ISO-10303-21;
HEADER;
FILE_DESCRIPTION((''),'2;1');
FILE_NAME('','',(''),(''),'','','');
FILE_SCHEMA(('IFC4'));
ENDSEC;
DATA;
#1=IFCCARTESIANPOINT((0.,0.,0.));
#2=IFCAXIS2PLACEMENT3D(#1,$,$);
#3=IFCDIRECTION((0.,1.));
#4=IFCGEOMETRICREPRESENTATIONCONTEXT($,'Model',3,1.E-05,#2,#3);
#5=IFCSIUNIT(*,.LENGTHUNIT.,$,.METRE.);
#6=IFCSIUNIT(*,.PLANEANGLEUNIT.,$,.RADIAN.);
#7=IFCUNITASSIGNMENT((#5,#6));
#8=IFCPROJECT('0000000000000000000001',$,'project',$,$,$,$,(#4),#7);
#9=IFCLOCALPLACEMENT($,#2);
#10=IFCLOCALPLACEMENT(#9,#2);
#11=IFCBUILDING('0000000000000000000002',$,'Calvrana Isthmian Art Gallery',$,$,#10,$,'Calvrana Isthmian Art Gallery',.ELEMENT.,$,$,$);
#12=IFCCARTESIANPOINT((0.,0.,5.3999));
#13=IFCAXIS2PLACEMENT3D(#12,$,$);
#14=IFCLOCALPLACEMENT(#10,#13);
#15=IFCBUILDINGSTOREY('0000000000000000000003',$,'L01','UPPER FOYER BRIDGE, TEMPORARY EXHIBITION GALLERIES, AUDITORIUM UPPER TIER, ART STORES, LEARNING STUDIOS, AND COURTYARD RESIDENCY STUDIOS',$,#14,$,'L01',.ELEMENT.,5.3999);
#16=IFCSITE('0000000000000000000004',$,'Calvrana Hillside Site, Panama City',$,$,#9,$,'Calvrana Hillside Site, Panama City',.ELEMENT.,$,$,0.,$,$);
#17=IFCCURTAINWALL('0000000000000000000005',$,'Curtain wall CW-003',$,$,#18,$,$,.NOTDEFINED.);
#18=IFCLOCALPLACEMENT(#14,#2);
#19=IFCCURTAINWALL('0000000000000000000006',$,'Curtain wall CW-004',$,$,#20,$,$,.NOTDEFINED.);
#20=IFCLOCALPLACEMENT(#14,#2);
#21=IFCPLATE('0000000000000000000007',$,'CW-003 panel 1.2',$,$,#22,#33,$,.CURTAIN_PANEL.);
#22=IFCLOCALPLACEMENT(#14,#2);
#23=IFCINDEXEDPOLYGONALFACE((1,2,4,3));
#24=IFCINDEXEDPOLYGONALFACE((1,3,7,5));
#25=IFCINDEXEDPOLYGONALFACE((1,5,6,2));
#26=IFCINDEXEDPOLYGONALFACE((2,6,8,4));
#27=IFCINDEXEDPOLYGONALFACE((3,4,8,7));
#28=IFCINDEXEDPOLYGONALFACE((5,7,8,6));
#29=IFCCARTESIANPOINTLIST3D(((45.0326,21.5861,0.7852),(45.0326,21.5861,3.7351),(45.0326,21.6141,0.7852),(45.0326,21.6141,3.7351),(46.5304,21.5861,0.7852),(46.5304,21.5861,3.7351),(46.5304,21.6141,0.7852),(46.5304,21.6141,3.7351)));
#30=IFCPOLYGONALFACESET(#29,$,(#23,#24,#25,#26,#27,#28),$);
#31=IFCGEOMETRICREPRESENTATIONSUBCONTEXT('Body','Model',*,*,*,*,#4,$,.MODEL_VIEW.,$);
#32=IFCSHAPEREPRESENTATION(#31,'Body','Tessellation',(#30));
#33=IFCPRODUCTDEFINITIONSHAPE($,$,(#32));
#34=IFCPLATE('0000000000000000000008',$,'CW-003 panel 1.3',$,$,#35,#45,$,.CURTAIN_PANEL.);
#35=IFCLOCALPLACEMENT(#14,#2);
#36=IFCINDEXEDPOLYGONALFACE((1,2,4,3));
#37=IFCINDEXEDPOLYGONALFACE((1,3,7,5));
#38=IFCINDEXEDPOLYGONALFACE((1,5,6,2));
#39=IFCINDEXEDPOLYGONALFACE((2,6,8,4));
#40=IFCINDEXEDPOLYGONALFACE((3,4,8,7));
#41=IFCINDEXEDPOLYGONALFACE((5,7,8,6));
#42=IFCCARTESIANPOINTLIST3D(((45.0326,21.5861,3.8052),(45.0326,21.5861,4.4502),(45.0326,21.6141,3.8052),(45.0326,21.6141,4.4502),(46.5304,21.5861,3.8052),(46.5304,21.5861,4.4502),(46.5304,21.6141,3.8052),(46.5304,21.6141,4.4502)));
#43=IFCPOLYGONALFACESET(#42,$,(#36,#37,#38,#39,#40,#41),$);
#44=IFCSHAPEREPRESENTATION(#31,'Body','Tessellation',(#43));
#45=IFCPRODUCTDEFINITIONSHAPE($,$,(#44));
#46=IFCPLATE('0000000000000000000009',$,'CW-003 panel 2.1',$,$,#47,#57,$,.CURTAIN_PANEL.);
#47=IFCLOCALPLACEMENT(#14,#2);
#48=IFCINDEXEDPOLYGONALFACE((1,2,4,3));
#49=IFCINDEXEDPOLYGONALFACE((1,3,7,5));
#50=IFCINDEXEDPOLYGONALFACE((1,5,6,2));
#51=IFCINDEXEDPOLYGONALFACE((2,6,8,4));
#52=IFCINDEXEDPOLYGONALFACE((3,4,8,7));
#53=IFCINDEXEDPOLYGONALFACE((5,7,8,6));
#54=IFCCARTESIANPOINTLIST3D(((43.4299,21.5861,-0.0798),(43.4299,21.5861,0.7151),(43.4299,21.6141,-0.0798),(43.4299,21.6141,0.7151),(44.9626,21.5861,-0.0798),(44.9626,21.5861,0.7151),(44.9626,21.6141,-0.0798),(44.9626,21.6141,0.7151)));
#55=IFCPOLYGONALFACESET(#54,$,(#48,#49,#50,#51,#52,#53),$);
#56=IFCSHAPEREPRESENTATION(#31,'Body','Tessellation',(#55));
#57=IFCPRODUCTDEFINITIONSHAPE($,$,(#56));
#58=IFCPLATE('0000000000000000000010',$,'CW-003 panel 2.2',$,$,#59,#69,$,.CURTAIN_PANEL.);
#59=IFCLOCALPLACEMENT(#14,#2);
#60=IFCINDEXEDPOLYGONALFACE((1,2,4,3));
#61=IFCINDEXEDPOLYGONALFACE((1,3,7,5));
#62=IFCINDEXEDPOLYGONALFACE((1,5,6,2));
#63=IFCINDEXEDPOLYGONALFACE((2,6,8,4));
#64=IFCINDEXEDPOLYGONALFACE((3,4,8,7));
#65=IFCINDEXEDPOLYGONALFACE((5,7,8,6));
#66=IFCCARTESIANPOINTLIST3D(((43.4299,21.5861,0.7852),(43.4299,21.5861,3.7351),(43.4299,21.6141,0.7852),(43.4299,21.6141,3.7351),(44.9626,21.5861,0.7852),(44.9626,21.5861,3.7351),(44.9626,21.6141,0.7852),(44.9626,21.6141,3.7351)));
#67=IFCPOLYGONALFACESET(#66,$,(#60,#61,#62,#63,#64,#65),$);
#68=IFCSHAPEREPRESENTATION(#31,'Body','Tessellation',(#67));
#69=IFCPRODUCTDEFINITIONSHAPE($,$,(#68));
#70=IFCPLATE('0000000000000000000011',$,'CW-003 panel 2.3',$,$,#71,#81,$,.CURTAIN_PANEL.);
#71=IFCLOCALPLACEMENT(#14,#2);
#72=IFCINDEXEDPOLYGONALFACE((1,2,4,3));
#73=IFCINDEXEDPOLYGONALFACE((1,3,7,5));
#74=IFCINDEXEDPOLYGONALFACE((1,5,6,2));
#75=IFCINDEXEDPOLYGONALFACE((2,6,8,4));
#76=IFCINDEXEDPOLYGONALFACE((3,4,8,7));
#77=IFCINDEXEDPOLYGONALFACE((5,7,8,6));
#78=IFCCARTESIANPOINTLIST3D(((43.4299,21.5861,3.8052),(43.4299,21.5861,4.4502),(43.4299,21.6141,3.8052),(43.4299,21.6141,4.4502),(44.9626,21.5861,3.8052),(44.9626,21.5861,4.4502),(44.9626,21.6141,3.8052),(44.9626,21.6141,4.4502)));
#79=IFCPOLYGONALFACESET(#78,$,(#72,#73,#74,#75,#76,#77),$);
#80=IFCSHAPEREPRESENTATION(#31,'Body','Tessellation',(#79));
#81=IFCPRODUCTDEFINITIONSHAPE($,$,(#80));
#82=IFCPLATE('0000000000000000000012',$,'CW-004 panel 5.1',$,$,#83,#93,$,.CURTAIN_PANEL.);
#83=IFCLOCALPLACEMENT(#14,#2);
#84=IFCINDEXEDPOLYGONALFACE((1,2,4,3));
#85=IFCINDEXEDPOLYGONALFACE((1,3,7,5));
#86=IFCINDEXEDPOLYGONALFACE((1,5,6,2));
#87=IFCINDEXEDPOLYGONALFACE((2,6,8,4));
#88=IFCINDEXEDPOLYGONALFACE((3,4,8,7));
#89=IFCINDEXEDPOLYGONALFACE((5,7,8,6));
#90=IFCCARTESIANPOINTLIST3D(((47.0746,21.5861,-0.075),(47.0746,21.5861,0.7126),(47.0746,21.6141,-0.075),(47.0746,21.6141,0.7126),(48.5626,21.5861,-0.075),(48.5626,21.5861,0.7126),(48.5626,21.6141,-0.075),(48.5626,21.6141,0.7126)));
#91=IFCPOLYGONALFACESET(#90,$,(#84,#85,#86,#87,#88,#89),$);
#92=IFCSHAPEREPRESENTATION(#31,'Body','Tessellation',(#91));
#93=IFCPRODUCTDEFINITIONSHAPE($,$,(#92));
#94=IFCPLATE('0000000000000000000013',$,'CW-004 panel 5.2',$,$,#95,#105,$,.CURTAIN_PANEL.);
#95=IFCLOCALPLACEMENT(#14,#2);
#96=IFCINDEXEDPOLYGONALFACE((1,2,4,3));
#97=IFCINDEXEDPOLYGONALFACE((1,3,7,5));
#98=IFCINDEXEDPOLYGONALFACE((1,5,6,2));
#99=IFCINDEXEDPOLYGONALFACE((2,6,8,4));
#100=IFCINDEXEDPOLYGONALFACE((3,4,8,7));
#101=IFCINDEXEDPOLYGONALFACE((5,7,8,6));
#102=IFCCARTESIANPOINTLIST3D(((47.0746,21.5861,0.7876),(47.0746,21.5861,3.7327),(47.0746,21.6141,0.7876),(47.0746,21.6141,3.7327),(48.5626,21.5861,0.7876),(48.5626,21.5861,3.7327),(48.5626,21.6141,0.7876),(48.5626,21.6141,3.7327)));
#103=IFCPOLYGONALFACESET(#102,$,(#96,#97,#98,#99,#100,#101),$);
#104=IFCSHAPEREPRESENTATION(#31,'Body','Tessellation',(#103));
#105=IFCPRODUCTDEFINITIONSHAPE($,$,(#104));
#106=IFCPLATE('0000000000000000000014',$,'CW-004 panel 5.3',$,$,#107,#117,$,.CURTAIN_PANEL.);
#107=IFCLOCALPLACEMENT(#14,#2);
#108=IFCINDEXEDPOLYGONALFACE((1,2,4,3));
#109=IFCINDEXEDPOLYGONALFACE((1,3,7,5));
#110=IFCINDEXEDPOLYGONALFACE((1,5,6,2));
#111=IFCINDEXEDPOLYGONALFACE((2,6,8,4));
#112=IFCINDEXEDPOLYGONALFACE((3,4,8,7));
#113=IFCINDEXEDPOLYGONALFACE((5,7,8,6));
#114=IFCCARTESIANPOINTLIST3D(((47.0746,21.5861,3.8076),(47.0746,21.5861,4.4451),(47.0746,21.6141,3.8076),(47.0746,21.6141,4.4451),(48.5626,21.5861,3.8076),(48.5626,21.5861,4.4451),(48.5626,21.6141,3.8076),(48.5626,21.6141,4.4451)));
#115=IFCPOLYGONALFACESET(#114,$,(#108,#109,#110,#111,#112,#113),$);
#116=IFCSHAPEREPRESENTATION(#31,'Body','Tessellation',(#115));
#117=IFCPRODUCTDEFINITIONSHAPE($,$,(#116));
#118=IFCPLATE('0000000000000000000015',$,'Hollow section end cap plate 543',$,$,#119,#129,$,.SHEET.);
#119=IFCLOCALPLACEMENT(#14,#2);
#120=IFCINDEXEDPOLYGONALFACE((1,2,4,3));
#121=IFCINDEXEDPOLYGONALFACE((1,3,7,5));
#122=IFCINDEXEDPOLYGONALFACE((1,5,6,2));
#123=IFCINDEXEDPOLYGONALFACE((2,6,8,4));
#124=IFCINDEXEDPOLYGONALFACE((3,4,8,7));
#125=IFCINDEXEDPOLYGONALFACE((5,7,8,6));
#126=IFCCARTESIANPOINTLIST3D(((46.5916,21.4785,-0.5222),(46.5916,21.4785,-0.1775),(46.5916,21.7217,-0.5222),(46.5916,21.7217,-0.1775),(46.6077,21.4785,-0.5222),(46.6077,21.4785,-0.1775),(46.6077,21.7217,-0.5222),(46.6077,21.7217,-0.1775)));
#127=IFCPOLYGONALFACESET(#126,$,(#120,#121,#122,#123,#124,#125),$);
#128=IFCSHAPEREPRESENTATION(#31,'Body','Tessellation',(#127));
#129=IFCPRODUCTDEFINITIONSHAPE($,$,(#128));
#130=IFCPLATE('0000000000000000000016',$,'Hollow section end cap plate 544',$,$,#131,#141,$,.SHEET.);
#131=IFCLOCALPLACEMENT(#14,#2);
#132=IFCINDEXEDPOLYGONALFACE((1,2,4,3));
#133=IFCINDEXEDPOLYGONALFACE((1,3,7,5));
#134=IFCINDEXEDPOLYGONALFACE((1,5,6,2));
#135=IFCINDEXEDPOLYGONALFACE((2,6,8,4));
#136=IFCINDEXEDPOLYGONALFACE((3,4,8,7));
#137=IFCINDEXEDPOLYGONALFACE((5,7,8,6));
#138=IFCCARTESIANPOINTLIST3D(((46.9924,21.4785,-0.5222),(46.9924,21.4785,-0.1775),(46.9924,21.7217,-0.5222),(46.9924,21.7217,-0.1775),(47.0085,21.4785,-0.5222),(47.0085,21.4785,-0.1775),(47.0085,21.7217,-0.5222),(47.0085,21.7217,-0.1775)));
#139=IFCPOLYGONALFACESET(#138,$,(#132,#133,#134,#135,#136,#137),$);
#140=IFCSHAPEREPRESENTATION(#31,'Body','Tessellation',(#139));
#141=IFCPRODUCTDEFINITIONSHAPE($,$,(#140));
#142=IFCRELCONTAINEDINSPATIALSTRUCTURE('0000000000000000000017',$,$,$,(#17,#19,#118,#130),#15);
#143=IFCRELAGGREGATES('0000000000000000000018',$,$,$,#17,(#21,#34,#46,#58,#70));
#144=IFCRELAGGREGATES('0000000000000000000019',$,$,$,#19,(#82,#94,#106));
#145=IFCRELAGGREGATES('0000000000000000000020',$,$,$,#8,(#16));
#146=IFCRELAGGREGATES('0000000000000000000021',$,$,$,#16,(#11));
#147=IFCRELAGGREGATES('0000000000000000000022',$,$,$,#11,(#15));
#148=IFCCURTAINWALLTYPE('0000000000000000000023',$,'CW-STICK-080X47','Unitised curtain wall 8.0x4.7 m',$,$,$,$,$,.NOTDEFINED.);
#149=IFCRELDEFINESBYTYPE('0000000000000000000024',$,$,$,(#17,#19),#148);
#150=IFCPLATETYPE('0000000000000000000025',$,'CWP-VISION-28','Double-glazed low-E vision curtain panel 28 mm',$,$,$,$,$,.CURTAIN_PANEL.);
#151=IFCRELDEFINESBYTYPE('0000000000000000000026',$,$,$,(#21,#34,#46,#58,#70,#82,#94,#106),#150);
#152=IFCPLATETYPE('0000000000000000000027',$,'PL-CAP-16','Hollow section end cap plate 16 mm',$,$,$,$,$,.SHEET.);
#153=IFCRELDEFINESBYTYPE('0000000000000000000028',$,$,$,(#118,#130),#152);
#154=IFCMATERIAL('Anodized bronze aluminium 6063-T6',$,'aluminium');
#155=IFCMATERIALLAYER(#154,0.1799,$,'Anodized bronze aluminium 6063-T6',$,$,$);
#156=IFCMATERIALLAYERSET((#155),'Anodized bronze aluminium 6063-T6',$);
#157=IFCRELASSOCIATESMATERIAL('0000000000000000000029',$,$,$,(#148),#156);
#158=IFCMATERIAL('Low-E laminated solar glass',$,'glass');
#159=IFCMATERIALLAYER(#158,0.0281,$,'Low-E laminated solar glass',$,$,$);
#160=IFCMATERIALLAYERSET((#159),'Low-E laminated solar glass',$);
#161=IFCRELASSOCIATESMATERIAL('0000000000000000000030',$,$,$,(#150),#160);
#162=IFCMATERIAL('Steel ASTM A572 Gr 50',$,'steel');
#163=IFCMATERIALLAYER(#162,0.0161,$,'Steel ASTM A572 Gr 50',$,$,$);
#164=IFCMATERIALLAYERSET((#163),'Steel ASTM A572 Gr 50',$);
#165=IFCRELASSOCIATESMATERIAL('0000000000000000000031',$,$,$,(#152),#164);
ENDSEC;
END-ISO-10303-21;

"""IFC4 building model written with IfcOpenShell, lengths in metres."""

from ifc_helpers import new_model, si_unit, direction, frame, origin, origin_2d, place, context, subcontext, project, spatial, rectangle, extrude, material, layer, layer_set, type_object, element, aggregate, save


model = new_model("IFC4")

# Units and contexts
model_context = context("Model", 3, precision=1e-05, world=origin(), true_north=direction((0.0, 1.0)))
body_context = subcontext(model_context, "Body", "Model", "MODEL_VIEW")
ifc_project = project(units=[si_unit("LENGTHUNIT", "METRE"), si_unit("PLANEANGLEUNIT", "RADIAN")], contexts=[model_context])

# Site, building, storey
site_placement = place(None, origin())
site = spatial("IfcSite", under=ifc_project, at=site_placement, Name="Calvrana Hillside Site, Panama City", LongName="Calvrana Hillside Site, Panama City", CompositionType="ELEMENT", RefElevation=0.0)
building_placement = place(site_placement, origin())
building = spatial("IfcBuilding", under=site, at=building_placement, Name="Calvrana Isthmian Art Gallery", LongName="Calvrana Isthmian Art Gallery", CompositionType="ELEMENT")
storey_placement = place(building_placement, frame((0.0, 0.0, 5.3999)))
storey = spatial("IfcBuildingStorey", under=building, at=storey_placement, Name="L01", Description="UPPER FOYER BRIDGE, TEMPORARY EXHIBITION GALLERIES, AUDITORIUM UPPER TIER, ART STORES, LEARNING STUDIOS, AND COURTYARD RESIDENCY STUDIOS", LongName="L01", CompositionType="ELEMENT", Elevation=5.3999)

# Curtain wall
ifc_material_1 = material(Name="Anodized bronze aluminium 6063-T6", Category="aluminium")
ifc_layer_1 = layer(ifc_material_1, 0.1799, Name="Anodized bronze aluminium 6063-T6")
ifc_layer_set_1 = layer_set([ifc_layer_1], Name="Anodized bronze aluminium 6063-T6")
curtain_wall_type = type_object("IfcCurtainWallType", Name="CW-STICK-080X47", Description="Unitised curtain wall 8.0x4.7 m", PredefinedType="NOTDEFINED", material=ifc_layer_set_1)
curtain_wall_1_placement = place(storey_placement, origin())
curtain_wall_1 = element("IfcCurtainWall", 1, at=curtain_wall_1_placement, inside=storey, type_object=curtain_wall_type, Name="Curtain wall CW-003", PredefinedType="NOTDEFINED")

# Curtain wall
curtain_wall_2_placement = place(storey_placement, origin())
curtain_wall_2 = element("IfcCurtainWall", 2, at=curtain_wall_2_placement, inside=storey, type_object=curtain_wall_type, Name="Curtain wall CW-004", PredefinedType="NOTDEFINED")

# Plates
ifc_material_2 = material(Name="Low-E laminated solar glass", Category="glass")
ifc_layer_2 = layer(ifc_material_2, 0.0281, Name="Low-E laminated solar glass")
ifc_layer_set_2 = layer_set([ifc_layer_2], Name="Low-E laminated solar glass")
plate_type_1 = type_object("IfcPlateType", Name="CWP-VISION-28", Description="Double-glazed low-E vision curtain panel 28 mm", PredefinedType="CURTAIN_PANEL", material=ifc_layer_set_2)
plate_1_placement = place(storey_placement, frame((45.7815, 21.6001, 0.7852), z_axis=(0.0, 0.0, 1.0), x_axis=(-1.0, 0.0, 0.0)))
plate_1 = element("IfcPlate", 3, at=plate_1_placement, type_object=plate_type_1, Name="CW-003 panel 1.2", PredefinedType="CURTAIN_PANEL", context=body_context, shape_type="SweptSolid", body=[
    extrude(rectangle(XDim=1.4978, YDim=0.0281, at=origin_2d()), origin(), (0.0, 0.0, 1.0), 2.95),
])
plate_2_placement = place(storey_placement, frame((45.7815, 21.6001, 3.8052), z_axis=(0.0, 0.0, 1.0), x_axis=(-1.0, 0.0, 0.0)))
plate_2 = element("IfcPlate", 4, at=plate_2_placement, type_object=plate_type_1, Name="CW-003 panel 1.3", PredefinedType="CURTAIN_PANEL", context=body_context, shape_type="SweptSolid", body=[
    extrude(rectangle(XDim=1.4978, YDim=0.0281, at=origin_2d()), origin(), (0.0, 0.0, 1.0), 0.645),
])
plate_3_placement = place(storey_placement, frame((44.1963, 21.6001, -0.0798), z_axis=(0.0, 0.0, 1.0), x_axis=(-1.0, 0.0, 0.0)))
plate_3 = element("IfcPlate", 5, at=plate_3_placement, type_object=plate_type_1, Name="CW-003 panel 2.1", PredefinedType="CURTAIN_PANEL", context=body_context, shape_type="SweptSolid", body=[
    extrude(rectangle(XDim=1.5327, YDim=0.0281, at=origin_2d()), origin(), (0.0, 0.0, 1.0), 0.7949),
])
plate_4_placement = place(storey_placement, frame((44.1963, 21.6001, 0.7852), z_axis=(0.0, 0.0, 1.0), x_axis=(-1.0, 0.0, 0.0)))
plate_4 = element("IfcPlate", 6, at=plate_4_placement, type_object=plate_type_1, Name="CW-003 panel 2.2", PredefinedType="CURTAIN_PANEL", context=body_context, shape_type="SweptSolid", body=[
    extrude(rectangle(XDim=1.5327, YDim=0.0281, at=origin_2d()), origin(), (0.0, 0.0, 1.0), 2.95),
])
plate_5_placement = place(storey_placement, frame((44.1963, 21.6001, 3.8052), z_axis=(0.0, 0.0, 1.0), x_axis=(-1.0, 0.0, 0.0)))
plate_5 = element("IfcPlate", 7, at=plate_5_placement, type_object=plate_type_1, Name="CW-003 panel 2.3", PredefinedType="CURTAIN_PANEL", context=body_context, shape_type="SweptSolid", body=[
    extrude(rectangle(XDim=1.5327, YDim=0.0281, at=origin_2d()), origin(), (0.0, 0.0, 1.0), 0.645),
])
aggregate(curtain_wall_1, [plate_1, plate_2, plate_3, plate_4, plate_5])
plate_6_placement = place(storey_placement, frame((47.8186, 21.6001, -0.075), z_axis=(0.0, 0.0, 1.0), x_axis=(-1.0, 0.0, 0.0)))
plate_6 = element("IfcPlate", 8, at=plate_6_placement, type_object=plate_type_1, Name="CW-004 panel 5.1", PredefinedType="CURTAIN_PANEL", context=body_context, shape_type="SweptSolid", body=[
    extrude(rectangle(XDim=1.488, YDim=0.0281, at=origin_2d()), origin(), (0.0, 0.0, 1.0), 0.7876),
])
plate_7_placement = place(storey_placement, frame((47.8186, 21.6001, 0.7876), z_axis=(0.0, 0.0, 1.0), x_axis=(-1.0, 0.0, 0.0)))
plate_7 = element("IfcPlate", 9, at=plate_7_placement, type_object=plate_type_1, Name="CW-004 panel 5.2", PredefinedType="CURTAIN_PANEL", context=body_context, shape_type="SweptSolid", body=[
    extrude(rectangle(XDim=1.488, YDim=0.0281, at=origin_2d()), origin(), (0.0, 0.0, 1.0), 2.9451),
])
plate_8_placement = place(storey_placement, frame((47.8186, 21.6001, 3.8076), z_axis=(0.0, 0.0, 1.0), x_axis=(-1.0, 0.0, 0.0)))
plate_8 = element("IfcPlate", 10, at=plate_8_placement, type_object=plate_type_1, Name="CW-004 panel 5.3", PredefinedType="CURTAIN_PANEL", context=body_context, shape_type="SweptSolid", body=[
    extrude(rectangle(XDim=1.488, YDim=0.0281, at=origin_2d()), origin(), (0.0, 0.0, 1.0), 0.6375),
])
aggregate(curtain_wall_2, [plate_6, plate_7, plate_8])

# Plates
ifc_material_3 = material(Name="Steel ASTM A572 Gr 50", Category="steel")
ifc_layer_3 = layer(ifc_material_3, 0.0161, Name="Steel ASTM A572 Gr 50")
ifc_layer_set_3 = layer_set([ifc_layer_3], Name="Steel ASTM A572 Gr 50")
plate_type_2 = type_object("IfcPlateType", Name="PL-CAP-16", Description="Hollow section end cap plate 16 mm", PredefinedType="SHEET", material=ifc_layer_set_3)
for number, where, z_axis, x_axis, name in (
    (11, (46.5996, 21.6001, -0.5222), (0.0, 0.0, 1.0), (1.0, 0.0, 0.0), "Hollow section end cap plate 543"),
    (12, (47.0005, 21.6001, -0.5222), (0.0, 0.0, 1.0), (1.0, 0.0, 0.0), "Hollow section end cap plate 544"),
):
    element("IfcPlate", number, at=place(storey_placement, frame(where, z_axis=z_axis, x_axis=x_axis)), inside=storey, type_object=plate_type_2, Name=name, PredefinedType="SHEET", context=body_context, shape_type="SweptSolid", body=[
        extrude(rectangle(XDim=0.0161, YDim=0.2432, at=origin_2d()), origin(), (0.0, 0.0, 1.0), 0.3447),
    ])

save(model, "model.ifc")
